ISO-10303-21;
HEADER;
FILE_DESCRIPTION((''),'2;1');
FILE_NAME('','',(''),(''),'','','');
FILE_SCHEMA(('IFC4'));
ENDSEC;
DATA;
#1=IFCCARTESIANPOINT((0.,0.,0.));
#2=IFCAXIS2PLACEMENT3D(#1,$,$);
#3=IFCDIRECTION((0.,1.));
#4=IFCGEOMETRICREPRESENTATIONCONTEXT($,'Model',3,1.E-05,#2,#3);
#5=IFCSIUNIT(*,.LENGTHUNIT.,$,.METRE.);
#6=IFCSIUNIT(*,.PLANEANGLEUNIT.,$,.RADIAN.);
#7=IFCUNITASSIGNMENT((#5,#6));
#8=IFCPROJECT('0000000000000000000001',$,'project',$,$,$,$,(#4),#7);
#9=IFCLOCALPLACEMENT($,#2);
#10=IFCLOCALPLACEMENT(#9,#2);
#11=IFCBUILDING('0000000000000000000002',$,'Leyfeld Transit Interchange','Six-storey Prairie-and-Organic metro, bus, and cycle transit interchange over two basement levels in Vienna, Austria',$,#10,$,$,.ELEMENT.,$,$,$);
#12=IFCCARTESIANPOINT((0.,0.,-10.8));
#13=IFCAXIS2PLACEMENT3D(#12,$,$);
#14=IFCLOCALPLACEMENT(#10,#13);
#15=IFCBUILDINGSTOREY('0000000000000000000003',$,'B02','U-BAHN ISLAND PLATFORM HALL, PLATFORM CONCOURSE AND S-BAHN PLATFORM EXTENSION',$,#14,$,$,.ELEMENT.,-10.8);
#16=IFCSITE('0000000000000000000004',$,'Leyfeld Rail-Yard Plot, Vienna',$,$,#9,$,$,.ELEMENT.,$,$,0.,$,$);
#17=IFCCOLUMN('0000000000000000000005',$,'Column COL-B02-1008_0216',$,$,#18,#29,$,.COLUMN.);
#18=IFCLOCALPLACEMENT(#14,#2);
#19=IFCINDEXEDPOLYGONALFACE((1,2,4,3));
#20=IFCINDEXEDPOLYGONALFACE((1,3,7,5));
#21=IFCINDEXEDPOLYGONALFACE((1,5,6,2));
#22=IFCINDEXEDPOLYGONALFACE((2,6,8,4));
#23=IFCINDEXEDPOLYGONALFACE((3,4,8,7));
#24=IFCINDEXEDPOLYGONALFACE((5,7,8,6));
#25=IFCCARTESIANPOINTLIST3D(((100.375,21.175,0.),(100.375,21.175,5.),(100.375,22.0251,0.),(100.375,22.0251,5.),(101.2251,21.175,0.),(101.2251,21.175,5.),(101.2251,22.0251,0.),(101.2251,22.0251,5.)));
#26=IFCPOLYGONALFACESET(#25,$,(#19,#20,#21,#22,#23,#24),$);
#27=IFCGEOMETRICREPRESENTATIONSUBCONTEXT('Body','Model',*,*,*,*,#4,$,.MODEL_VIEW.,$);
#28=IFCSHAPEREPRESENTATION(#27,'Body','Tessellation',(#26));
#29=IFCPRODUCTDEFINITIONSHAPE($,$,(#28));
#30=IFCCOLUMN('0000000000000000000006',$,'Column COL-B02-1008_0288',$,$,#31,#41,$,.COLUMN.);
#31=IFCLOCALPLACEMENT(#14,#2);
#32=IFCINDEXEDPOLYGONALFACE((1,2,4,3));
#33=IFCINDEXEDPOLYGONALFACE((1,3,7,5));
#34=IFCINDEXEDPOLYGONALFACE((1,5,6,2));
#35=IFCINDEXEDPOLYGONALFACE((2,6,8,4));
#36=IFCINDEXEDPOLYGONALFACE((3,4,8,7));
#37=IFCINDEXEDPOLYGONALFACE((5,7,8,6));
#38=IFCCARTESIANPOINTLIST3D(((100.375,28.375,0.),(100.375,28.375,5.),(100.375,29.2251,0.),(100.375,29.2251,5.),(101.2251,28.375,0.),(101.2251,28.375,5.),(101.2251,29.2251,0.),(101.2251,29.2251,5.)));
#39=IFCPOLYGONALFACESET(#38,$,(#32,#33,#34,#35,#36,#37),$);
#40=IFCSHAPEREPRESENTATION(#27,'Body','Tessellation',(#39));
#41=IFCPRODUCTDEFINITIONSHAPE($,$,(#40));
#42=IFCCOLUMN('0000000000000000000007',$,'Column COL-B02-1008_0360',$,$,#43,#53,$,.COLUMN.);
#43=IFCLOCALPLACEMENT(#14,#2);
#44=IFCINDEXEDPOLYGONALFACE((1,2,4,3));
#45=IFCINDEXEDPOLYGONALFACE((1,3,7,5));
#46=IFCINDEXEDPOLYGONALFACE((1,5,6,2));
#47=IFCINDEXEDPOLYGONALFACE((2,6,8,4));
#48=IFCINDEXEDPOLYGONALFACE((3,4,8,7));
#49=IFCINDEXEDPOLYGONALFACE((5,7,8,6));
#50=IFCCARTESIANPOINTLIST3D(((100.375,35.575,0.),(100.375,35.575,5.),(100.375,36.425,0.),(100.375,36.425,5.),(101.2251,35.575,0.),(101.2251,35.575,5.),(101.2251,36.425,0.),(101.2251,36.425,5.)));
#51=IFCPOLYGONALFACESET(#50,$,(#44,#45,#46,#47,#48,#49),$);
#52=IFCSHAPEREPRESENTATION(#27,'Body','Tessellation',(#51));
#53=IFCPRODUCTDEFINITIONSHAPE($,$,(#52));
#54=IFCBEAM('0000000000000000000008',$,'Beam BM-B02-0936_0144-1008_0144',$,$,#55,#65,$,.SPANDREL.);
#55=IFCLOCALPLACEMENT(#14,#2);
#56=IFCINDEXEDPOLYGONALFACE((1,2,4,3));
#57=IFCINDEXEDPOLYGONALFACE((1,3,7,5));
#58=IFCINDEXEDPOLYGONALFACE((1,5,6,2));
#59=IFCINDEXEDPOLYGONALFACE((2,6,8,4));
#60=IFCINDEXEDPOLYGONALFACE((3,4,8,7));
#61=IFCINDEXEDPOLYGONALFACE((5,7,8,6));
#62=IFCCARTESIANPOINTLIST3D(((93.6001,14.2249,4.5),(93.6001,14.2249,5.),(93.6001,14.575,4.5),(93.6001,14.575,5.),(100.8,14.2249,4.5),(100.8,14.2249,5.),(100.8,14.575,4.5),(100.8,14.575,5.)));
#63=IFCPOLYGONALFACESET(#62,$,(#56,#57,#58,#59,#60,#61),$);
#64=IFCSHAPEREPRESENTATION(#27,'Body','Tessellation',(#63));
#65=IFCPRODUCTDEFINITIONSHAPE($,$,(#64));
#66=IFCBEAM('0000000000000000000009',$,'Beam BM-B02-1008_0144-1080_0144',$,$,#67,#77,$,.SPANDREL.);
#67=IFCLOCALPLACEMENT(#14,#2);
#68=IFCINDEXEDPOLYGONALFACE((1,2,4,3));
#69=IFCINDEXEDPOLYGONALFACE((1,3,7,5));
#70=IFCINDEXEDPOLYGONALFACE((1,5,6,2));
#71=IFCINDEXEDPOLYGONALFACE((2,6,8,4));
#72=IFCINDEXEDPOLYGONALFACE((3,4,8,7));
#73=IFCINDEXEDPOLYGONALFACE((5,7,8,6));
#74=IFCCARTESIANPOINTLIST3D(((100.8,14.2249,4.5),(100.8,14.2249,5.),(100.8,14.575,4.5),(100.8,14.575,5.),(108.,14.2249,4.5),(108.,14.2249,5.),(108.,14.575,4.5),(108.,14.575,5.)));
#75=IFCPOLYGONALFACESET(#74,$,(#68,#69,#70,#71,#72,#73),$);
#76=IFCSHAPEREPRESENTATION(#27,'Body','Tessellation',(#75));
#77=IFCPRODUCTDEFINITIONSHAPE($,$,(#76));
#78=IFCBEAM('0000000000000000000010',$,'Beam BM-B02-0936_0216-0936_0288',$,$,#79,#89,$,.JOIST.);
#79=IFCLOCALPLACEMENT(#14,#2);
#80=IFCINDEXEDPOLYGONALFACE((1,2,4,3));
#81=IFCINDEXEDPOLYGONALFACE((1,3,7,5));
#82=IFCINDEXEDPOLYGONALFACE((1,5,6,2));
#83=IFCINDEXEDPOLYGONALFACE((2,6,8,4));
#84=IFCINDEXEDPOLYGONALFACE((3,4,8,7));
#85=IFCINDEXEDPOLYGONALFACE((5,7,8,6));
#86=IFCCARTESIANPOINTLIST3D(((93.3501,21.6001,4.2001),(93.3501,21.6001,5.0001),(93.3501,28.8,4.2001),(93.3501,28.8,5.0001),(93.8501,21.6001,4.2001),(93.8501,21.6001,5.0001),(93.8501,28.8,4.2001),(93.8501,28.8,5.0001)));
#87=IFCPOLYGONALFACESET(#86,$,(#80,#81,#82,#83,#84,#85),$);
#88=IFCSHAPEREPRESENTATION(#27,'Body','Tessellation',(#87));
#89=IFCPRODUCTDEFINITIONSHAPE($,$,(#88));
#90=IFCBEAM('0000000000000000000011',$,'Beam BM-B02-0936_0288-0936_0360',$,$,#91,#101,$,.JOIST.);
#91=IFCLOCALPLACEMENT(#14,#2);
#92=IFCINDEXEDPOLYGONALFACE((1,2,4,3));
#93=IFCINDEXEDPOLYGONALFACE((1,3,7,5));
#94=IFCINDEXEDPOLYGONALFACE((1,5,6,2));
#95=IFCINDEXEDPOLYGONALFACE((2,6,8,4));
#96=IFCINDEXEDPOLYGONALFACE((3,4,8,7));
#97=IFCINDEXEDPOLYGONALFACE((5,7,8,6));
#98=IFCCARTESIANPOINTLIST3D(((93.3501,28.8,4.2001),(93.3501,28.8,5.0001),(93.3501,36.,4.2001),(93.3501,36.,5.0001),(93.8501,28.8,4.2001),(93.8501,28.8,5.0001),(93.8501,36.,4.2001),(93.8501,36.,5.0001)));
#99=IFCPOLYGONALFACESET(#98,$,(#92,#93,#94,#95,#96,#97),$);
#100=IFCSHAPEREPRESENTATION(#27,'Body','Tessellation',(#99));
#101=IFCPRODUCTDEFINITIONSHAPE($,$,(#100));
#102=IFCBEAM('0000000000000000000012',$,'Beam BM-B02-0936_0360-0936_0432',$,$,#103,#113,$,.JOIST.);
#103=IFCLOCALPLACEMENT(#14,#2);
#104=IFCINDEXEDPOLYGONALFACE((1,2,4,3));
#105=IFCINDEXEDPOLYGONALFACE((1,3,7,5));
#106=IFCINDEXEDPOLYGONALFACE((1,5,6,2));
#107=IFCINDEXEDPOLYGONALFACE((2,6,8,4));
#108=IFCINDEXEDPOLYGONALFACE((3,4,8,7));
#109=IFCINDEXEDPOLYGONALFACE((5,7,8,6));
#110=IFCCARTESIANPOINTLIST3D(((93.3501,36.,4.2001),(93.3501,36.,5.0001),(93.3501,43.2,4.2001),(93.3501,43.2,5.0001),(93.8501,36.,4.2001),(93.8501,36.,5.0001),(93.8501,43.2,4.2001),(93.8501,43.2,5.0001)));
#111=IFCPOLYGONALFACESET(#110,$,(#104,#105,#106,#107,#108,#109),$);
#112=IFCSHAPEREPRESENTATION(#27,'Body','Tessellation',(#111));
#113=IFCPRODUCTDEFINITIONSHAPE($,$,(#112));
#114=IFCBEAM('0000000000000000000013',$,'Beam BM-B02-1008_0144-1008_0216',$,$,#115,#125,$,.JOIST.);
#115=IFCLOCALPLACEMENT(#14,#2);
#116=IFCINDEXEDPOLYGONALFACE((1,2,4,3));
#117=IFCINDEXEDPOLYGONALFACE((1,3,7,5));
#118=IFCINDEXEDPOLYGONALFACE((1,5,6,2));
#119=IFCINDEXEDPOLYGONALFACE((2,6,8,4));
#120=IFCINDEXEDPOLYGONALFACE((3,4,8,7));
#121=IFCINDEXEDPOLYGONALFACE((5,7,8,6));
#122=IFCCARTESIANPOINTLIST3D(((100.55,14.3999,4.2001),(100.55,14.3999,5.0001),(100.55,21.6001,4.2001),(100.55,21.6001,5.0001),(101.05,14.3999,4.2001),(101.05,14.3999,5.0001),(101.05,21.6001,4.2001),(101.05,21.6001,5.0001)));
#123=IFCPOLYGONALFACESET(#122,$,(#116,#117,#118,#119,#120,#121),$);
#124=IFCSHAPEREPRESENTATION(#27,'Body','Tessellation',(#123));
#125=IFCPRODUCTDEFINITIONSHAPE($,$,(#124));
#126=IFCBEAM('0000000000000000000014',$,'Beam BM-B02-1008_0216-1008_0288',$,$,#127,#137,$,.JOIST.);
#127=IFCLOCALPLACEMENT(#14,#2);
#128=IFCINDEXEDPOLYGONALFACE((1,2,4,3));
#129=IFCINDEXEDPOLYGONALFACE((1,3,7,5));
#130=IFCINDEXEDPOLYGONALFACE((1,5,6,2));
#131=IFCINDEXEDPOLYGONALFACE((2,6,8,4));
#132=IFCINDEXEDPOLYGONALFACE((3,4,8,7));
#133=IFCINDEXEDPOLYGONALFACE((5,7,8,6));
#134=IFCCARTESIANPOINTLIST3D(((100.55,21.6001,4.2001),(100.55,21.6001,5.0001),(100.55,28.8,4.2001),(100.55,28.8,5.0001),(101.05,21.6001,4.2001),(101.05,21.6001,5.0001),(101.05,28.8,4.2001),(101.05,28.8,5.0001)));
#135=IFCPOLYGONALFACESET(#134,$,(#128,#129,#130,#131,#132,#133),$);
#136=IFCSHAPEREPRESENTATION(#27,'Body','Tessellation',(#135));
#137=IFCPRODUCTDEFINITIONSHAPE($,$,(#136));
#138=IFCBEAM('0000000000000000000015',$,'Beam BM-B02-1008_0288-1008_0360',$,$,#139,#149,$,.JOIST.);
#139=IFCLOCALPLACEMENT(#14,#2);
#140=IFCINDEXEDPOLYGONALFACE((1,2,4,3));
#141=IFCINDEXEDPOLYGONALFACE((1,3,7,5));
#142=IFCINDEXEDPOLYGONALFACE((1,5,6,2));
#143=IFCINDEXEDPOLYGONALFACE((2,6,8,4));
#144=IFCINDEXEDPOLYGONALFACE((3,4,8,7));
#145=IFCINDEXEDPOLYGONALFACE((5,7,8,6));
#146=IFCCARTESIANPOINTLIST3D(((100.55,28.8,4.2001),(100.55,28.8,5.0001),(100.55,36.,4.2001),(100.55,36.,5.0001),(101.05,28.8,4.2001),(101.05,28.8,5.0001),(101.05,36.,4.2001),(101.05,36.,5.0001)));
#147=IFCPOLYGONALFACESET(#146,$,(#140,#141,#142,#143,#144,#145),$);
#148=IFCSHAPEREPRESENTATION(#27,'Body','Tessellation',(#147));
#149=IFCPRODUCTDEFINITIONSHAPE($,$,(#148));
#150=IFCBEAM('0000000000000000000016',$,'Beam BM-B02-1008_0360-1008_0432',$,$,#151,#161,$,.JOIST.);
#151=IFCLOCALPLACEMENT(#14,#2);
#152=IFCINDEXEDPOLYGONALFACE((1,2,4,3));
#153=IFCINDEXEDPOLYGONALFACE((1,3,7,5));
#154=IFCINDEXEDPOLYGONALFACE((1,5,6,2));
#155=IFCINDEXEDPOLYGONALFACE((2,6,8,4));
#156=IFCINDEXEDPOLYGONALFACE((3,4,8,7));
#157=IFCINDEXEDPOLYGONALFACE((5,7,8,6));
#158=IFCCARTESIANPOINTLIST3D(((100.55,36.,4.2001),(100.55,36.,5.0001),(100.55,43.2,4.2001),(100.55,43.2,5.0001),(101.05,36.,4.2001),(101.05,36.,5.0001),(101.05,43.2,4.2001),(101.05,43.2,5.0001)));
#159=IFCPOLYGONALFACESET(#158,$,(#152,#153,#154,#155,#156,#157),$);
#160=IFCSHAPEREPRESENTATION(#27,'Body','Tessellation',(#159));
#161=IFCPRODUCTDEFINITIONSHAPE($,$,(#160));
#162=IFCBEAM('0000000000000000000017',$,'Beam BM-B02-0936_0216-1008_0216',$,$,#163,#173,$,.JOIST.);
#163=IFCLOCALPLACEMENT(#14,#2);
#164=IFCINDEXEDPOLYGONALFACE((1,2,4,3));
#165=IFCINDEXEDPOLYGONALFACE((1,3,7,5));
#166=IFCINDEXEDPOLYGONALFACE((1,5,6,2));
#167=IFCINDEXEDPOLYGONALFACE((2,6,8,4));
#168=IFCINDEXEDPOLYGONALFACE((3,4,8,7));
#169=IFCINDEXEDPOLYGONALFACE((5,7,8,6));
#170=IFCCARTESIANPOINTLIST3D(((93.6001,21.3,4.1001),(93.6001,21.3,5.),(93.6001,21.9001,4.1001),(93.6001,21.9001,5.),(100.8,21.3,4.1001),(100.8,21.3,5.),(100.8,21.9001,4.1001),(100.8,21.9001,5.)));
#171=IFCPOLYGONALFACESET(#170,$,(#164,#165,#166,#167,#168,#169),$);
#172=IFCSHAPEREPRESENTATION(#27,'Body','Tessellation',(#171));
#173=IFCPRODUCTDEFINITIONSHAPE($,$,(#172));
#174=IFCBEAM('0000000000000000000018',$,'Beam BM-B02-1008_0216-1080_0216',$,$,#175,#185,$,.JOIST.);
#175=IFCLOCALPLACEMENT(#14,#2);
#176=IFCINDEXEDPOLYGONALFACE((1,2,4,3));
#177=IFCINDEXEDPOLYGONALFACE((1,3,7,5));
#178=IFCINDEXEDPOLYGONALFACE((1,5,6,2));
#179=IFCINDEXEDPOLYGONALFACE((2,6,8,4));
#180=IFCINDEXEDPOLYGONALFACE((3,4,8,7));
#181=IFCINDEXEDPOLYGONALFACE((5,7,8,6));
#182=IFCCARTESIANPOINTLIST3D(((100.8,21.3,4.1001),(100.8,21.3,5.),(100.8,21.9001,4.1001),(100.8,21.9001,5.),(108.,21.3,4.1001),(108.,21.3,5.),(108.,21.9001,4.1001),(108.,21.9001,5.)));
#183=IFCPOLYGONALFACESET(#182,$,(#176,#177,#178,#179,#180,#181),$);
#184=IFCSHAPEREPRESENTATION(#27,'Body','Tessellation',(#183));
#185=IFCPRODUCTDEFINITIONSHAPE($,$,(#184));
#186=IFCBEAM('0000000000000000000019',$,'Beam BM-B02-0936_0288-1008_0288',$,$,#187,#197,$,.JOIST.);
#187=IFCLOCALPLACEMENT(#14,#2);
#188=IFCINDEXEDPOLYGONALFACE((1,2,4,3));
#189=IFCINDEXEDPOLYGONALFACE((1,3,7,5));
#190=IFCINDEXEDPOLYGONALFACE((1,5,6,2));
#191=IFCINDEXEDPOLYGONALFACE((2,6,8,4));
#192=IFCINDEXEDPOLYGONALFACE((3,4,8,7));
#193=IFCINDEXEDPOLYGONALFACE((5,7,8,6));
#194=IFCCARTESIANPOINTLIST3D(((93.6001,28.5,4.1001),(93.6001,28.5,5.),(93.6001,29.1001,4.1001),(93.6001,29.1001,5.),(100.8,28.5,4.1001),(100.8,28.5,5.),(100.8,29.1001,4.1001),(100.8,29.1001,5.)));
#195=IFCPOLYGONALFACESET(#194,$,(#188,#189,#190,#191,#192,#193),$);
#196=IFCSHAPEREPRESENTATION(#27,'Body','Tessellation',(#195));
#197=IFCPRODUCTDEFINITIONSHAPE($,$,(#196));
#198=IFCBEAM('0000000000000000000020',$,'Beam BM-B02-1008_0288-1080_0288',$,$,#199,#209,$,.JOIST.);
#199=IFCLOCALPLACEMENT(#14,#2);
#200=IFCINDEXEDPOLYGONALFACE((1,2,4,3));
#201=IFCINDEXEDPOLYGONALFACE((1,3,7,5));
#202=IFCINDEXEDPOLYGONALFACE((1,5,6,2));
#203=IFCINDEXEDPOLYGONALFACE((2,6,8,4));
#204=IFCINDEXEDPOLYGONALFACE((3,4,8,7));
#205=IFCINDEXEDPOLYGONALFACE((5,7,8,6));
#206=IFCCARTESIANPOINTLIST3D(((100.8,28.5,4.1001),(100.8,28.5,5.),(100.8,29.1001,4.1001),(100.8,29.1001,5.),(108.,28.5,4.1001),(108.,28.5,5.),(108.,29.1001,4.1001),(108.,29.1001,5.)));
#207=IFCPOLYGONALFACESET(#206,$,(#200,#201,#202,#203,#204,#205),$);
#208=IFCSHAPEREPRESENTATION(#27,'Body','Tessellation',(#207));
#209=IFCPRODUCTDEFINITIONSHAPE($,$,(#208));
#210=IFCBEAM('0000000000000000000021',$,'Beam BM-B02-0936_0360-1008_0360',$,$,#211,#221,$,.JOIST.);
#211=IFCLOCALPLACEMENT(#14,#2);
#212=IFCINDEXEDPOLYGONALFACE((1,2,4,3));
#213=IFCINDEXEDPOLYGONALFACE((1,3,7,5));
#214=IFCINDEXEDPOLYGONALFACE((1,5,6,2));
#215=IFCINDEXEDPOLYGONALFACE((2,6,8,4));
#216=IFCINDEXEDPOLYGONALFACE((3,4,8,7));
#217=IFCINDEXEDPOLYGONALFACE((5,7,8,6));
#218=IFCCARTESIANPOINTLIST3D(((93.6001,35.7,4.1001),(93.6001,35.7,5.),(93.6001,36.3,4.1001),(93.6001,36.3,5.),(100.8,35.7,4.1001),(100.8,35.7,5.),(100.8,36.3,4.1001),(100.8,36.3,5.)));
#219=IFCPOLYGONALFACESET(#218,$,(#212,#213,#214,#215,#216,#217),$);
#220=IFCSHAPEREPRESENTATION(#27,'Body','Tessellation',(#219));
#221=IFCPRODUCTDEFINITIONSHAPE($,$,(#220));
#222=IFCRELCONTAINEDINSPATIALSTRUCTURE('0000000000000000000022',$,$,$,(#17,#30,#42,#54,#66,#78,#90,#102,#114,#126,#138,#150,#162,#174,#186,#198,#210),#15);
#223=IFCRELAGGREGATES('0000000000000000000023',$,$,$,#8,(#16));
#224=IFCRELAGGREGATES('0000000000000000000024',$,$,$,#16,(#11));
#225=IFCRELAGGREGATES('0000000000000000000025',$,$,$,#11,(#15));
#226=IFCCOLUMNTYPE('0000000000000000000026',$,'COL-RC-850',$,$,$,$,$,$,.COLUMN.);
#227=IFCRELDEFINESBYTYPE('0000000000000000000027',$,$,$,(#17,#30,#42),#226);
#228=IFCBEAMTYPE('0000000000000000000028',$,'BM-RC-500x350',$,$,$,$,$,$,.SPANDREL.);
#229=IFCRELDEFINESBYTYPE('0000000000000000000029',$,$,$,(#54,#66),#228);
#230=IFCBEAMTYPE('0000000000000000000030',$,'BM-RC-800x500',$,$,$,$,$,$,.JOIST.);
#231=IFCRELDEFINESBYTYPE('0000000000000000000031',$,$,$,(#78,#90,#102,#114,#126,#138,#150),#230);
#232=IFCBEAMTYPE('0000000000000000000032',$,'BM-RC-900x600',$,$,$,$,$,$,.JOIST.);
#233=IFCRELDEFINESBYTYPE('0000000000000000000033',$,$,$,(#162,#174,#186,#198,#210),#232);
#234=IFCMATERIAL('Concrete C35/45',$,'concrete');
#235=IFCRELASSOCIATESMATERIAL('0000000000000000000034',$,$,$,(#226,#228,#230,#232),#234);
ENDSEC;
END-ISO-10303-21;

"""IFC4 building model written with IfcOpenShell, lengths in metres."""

from ifc_helpers import new_model, si_unit, direction, frame, origin, origin_2d, place, context, subcontext, project, spatial, rectangle, extrude, material, material_profile, profile_set, type_object, element, save


model = new_model("IFC4")

# Units and contexts
model_context = context("Model", 3, precision=1e-05, world=origin(), true_north=direction((0.0, 1.0)))
body_context = subcontext(model_context, "Body", "Model", "MODEL_VIEW")
ifc_project = project(units=[si_unit("LENGTHUNIT", "METRE"), si_unit("PLANEANGLEUNIT", "RADIAN")], contexts=[model_context])

# Site, building, storey
site_placement = place(None, origin())
site = spatial("IfcSite", under=ifc_project, at=site_placement, Name="Leyfeld Rail-Yard Plot, Vienna", CompositionType="ELEMENT", RefElevation=0.0)
building_placement = place(site_placement, origin())
building = spatial("IfcBuilding", under=site, at=building_placement, Name="Leyfeld Transit Interchange", Description="Six-storey Prairie-and-Organic metro, bus, and cycle transit interchange over two basement levels in Vienna, Austria", CompositionType="ELEMENT")
storey_placement = place(building_placement, frame((0.0, 0.0, -10.8)))
storey = spatial("IfcBuildingStorey", under=building, at=storey_placement, Name="B02", Description="U-BAHN ISLAND PLATFORM HALL, PLATFORM CONCOURSE AND S-BAHN PLATFORM EXTENSION", CompositionType="ELEMENT", Elevation=-10.8)

# Shared definitions
ifc_material = material(Name="Concrete C35/45", Category="concrete")

# Columns
ifc_material_profile_1 = material_profile(ifc_material, rectangle(XDim=0.8501, YDim=0.8501, at=origin_2d()), Name="RC 850x850")
ifc_profile_set_1 = profile_set([ifc_material_profile_1], Name="Concrete C35/45")
column_type_1 = type_object("IfcColumnType", Name="COL-RC-850", PredefinedType="COLUMN", material=ifc_profile_set_1)
for number, where, z_axis, x_axis, name in (
    (1, (100.8, 21.6001, 0.0), (0.0, 0.0, 1.0), (1.0, 0.0, 0.0), "Column COL-B02-1008_0216"),
    (2, (100.8, 28.8, 0.0), (0.0, 0.0, 1.0), (1.0, 0.0, 0.0), "Column COL-B02-1008_0288"),
    (3, (100.8, 36.0, 0.0), (0.0, 0.0, 1.0), (1.0, 0.0, 0.0), "Column COL-B02-1008_0360"),
):
    element("IfcColumn", number, at=place(storey_placement, frame(where, z_axis=z_axis, x_axis=x_axis)), inside=storey, type_object=column_type_1, Name=name, PredefinedType="COLUMN", context=body_context, shape_type="SweptSolid", body=[
        extrude(rectangle(XDim=0.8501, YDim=0.8501, at=origin_2d()), origin(), (0.0, 0.0, 1.0), 5.0),
    ])

# Beams
ifc_material_profile_2 = material_profile(ifc_material, rectangle(XDim=0.3501, YDim=0.5, at=origin_2d()), Name="RC 500x350")
ifc_profile_set_2 = profile_set([ifc_material_profile_2], Name="Concrete C35/45")
beam_type_1 = type_object("IfcBeamType", Name="BM-RC-500x350", PredefinedType="SPANDREL", material=ifc_profile_set_2)
for number, where, z_axis, x_axis, name in (
    (4, (93.6001, 14.3999, 4.75), (1.0, 0.0, 0.0), (0.0, 1.0, 0.0), "Beam BM-B02-0936_0144-1008_0144"),
    (5, (100.8, 14.3999, 4.75), (1.0, 0.0, 0.0), (0.0, 1.0, 0.0), "Beam BM-B02-1008_0144-1080_0144"),
):
    element("IfcBeam", number, at=place(storey_placement, frame(where, z_axis=z_axis, x_axis=x_axis)), inside=storey, type_object=beam_type_1, Name=name, PredefinedType="SPANDREL", context=body_context, shape_type="SweptSolid", body=[
        extrude(rectangle(XDim=0.3501, YDim=0.5, at=origin_2d()), origin(), (0.0, 0.0, 1.0), 7.2),
    ])
ifc_material_profile_3 = material_profile(ifc_material, rectangle(XDim=0.5, YDim=0.8, at=origin_2d()), Name="RC 800x500")
ifc_profile_set_3 = profile_set([ifc_material_profile_3], Name="Concrete C35/45")
beam_type_2 = type_object("IfcBeamType", Name="BM-RC-800x500", PredefinedType="JOIST", material=ifc_profile_set_3)
for number, where, z_axis, x_axis, name in (
    (6, (93.6001, 21.6001, 4.6001), (0.0, 1.0, 0.0), (-1.0, 0.0, 0.0), "Beam BM-B02-0936_0216-0936_0288"),
    (7, (93.6001, 28.8, 4.6001), (0.0, 1.0, 0.0), (-1.0, 0.0, 0.0), "Beam BM-B02-0936_0288-0936_0360"),
    (8, (93.6001, 36.0, 4.6001), (0.0, 1.0, 0.0), (-1.0, 0.0, 0.0), "Beam BM-B02-0936_0360-0936_0432"),
):
    element("IfcBeam", number, at=place(storey_placement, frame(where, z_axis=z_axis, x_axis=x_axis)), inside=storey, type_object=beam_type_2, Name=name, PredefinedType="JOIST", context=body_context, shape_type="SweptSolid", body=[
        extrude(rectangle(XDim=0.5, YDim=0.8, at=origin_2d()), origin(), (0.0, 0.0, 1.0), 7.2),
    ])
beam_placement = place(storey_placement, frame((100.8, 14.3999, 4.6001), z_axis=(0.0, 1.0, 0.0), x_axis=(-1.0, 0.0, 0.0)))
element("IfcBeam", 9, at=beam_placement, inside=storey, type_object=beam_type_2, Name="Beam BM-B02-1008_0144-1008_0216", PredefinedType="JOIST", context=body_context, shape_type="SweptSolid", body=[
    extrude(rectangle(XDim=0.5, YDim=0.8, at=origin_2d()), origin(), (0.0, 0.0, 1.0), 7.2002),
])
for number, where, z_axis, x_axis, name in (
    (10, (100.8, 21.6001, 4.6001), (0.0, 1.0, 0.0), (-1.0, 0.0, 0.0), "Beam BM-B02-1008_0216-1008_0288"),
    (11, (100.8, 28.8, 4.6001), (0.0, 1.0, 0.0), (-1.0, 0.0, 0.0), "Beam BM-B02-1008_0288-1008_0360"),
    (12, (100.8, 36.0, 4.6001), (0.0, 1.0, 0.0), (-1.0, 0.0, 0.0), "Beam BM-B02-1008_0360-1008_0432"),
):
    element("IfcBeam", number, at=place(storey_placement, frame(where, z_axis=z_axis, x_axis=x_axis)), inside=storey, type_object=beam_type_2, Name=name, PredefinedType="JOIST", context=body_context, shape_type="SweptSolid", body=[
        extrude(rectangle(XDim=0.5, YDim=0.8, at=origin_2d()), origin(), (0.0, 0.0, 1.0), 7.2),
    ])
ifc_material_profile_4 = material_profile(ifc_material, rectangle(XDim=0.6001, YDim=0.8999, at=origin_2d()), Name="RC 900x600")
ifc_profile_set_4 = profile_set([ifc_material_profile_4], Name="Concrete C35/45")
beam_type_3 = type_object("IfcBeamType", Name="BM-RC-900x600", PredefinedType="JOIST", material=ifc_profile_set_4)
for number, where, z_axis, x_axis, name in (
    (13, (93.6001, 21.6001, 4.55), (1.0, 0.0, 0.0), (0.0, 1.0, 0.0), "Beam BM-B02-0936_0216-1008_0216"),
    (14, (100.8, 21.6001, 4.55), (1.0, 0.0, 0.0), (0.0, 1.0, 0.0), "Beam BM-B02-1008_0216-1080_0216"),
    (15, (93.6001, 28.8, 4.55), (1.0, 0.0, 0.0), (0.0, 1.0, 0.0), "Beam BM-B02-0936_0288-1008_0288"),
    (16, (100.8, 28.8, 4.55), (1.0, 0.0, 0.0), (0.0, 1.0, 0.0), "Beam BM-B02-1008_0288-1080_0288"),
    (17, (93.6001, 36.0, 4.55), (1.0, 0.0, 0.0), (0.0, 1.0, 0.0), "Beam BM-B02-0936_0360-1008_0360"),
):
    element("IfcBeam", number, at=place(storey_placement, frame(where, z_axis=z_axis, x_axis=x_axis)), inside=storey, type_object=beam_type_3, Name=name, PredefinedType="JOIST", context=body_context, shape_type="SweptSolid", body=[
        extrude(rectangle(XDim=0.6001, YDim=0.8999, at=origin_2d()), origin(), (0.0, 0.0, 1.0), 7.2),
    ])

save(model, "model.ifc")
